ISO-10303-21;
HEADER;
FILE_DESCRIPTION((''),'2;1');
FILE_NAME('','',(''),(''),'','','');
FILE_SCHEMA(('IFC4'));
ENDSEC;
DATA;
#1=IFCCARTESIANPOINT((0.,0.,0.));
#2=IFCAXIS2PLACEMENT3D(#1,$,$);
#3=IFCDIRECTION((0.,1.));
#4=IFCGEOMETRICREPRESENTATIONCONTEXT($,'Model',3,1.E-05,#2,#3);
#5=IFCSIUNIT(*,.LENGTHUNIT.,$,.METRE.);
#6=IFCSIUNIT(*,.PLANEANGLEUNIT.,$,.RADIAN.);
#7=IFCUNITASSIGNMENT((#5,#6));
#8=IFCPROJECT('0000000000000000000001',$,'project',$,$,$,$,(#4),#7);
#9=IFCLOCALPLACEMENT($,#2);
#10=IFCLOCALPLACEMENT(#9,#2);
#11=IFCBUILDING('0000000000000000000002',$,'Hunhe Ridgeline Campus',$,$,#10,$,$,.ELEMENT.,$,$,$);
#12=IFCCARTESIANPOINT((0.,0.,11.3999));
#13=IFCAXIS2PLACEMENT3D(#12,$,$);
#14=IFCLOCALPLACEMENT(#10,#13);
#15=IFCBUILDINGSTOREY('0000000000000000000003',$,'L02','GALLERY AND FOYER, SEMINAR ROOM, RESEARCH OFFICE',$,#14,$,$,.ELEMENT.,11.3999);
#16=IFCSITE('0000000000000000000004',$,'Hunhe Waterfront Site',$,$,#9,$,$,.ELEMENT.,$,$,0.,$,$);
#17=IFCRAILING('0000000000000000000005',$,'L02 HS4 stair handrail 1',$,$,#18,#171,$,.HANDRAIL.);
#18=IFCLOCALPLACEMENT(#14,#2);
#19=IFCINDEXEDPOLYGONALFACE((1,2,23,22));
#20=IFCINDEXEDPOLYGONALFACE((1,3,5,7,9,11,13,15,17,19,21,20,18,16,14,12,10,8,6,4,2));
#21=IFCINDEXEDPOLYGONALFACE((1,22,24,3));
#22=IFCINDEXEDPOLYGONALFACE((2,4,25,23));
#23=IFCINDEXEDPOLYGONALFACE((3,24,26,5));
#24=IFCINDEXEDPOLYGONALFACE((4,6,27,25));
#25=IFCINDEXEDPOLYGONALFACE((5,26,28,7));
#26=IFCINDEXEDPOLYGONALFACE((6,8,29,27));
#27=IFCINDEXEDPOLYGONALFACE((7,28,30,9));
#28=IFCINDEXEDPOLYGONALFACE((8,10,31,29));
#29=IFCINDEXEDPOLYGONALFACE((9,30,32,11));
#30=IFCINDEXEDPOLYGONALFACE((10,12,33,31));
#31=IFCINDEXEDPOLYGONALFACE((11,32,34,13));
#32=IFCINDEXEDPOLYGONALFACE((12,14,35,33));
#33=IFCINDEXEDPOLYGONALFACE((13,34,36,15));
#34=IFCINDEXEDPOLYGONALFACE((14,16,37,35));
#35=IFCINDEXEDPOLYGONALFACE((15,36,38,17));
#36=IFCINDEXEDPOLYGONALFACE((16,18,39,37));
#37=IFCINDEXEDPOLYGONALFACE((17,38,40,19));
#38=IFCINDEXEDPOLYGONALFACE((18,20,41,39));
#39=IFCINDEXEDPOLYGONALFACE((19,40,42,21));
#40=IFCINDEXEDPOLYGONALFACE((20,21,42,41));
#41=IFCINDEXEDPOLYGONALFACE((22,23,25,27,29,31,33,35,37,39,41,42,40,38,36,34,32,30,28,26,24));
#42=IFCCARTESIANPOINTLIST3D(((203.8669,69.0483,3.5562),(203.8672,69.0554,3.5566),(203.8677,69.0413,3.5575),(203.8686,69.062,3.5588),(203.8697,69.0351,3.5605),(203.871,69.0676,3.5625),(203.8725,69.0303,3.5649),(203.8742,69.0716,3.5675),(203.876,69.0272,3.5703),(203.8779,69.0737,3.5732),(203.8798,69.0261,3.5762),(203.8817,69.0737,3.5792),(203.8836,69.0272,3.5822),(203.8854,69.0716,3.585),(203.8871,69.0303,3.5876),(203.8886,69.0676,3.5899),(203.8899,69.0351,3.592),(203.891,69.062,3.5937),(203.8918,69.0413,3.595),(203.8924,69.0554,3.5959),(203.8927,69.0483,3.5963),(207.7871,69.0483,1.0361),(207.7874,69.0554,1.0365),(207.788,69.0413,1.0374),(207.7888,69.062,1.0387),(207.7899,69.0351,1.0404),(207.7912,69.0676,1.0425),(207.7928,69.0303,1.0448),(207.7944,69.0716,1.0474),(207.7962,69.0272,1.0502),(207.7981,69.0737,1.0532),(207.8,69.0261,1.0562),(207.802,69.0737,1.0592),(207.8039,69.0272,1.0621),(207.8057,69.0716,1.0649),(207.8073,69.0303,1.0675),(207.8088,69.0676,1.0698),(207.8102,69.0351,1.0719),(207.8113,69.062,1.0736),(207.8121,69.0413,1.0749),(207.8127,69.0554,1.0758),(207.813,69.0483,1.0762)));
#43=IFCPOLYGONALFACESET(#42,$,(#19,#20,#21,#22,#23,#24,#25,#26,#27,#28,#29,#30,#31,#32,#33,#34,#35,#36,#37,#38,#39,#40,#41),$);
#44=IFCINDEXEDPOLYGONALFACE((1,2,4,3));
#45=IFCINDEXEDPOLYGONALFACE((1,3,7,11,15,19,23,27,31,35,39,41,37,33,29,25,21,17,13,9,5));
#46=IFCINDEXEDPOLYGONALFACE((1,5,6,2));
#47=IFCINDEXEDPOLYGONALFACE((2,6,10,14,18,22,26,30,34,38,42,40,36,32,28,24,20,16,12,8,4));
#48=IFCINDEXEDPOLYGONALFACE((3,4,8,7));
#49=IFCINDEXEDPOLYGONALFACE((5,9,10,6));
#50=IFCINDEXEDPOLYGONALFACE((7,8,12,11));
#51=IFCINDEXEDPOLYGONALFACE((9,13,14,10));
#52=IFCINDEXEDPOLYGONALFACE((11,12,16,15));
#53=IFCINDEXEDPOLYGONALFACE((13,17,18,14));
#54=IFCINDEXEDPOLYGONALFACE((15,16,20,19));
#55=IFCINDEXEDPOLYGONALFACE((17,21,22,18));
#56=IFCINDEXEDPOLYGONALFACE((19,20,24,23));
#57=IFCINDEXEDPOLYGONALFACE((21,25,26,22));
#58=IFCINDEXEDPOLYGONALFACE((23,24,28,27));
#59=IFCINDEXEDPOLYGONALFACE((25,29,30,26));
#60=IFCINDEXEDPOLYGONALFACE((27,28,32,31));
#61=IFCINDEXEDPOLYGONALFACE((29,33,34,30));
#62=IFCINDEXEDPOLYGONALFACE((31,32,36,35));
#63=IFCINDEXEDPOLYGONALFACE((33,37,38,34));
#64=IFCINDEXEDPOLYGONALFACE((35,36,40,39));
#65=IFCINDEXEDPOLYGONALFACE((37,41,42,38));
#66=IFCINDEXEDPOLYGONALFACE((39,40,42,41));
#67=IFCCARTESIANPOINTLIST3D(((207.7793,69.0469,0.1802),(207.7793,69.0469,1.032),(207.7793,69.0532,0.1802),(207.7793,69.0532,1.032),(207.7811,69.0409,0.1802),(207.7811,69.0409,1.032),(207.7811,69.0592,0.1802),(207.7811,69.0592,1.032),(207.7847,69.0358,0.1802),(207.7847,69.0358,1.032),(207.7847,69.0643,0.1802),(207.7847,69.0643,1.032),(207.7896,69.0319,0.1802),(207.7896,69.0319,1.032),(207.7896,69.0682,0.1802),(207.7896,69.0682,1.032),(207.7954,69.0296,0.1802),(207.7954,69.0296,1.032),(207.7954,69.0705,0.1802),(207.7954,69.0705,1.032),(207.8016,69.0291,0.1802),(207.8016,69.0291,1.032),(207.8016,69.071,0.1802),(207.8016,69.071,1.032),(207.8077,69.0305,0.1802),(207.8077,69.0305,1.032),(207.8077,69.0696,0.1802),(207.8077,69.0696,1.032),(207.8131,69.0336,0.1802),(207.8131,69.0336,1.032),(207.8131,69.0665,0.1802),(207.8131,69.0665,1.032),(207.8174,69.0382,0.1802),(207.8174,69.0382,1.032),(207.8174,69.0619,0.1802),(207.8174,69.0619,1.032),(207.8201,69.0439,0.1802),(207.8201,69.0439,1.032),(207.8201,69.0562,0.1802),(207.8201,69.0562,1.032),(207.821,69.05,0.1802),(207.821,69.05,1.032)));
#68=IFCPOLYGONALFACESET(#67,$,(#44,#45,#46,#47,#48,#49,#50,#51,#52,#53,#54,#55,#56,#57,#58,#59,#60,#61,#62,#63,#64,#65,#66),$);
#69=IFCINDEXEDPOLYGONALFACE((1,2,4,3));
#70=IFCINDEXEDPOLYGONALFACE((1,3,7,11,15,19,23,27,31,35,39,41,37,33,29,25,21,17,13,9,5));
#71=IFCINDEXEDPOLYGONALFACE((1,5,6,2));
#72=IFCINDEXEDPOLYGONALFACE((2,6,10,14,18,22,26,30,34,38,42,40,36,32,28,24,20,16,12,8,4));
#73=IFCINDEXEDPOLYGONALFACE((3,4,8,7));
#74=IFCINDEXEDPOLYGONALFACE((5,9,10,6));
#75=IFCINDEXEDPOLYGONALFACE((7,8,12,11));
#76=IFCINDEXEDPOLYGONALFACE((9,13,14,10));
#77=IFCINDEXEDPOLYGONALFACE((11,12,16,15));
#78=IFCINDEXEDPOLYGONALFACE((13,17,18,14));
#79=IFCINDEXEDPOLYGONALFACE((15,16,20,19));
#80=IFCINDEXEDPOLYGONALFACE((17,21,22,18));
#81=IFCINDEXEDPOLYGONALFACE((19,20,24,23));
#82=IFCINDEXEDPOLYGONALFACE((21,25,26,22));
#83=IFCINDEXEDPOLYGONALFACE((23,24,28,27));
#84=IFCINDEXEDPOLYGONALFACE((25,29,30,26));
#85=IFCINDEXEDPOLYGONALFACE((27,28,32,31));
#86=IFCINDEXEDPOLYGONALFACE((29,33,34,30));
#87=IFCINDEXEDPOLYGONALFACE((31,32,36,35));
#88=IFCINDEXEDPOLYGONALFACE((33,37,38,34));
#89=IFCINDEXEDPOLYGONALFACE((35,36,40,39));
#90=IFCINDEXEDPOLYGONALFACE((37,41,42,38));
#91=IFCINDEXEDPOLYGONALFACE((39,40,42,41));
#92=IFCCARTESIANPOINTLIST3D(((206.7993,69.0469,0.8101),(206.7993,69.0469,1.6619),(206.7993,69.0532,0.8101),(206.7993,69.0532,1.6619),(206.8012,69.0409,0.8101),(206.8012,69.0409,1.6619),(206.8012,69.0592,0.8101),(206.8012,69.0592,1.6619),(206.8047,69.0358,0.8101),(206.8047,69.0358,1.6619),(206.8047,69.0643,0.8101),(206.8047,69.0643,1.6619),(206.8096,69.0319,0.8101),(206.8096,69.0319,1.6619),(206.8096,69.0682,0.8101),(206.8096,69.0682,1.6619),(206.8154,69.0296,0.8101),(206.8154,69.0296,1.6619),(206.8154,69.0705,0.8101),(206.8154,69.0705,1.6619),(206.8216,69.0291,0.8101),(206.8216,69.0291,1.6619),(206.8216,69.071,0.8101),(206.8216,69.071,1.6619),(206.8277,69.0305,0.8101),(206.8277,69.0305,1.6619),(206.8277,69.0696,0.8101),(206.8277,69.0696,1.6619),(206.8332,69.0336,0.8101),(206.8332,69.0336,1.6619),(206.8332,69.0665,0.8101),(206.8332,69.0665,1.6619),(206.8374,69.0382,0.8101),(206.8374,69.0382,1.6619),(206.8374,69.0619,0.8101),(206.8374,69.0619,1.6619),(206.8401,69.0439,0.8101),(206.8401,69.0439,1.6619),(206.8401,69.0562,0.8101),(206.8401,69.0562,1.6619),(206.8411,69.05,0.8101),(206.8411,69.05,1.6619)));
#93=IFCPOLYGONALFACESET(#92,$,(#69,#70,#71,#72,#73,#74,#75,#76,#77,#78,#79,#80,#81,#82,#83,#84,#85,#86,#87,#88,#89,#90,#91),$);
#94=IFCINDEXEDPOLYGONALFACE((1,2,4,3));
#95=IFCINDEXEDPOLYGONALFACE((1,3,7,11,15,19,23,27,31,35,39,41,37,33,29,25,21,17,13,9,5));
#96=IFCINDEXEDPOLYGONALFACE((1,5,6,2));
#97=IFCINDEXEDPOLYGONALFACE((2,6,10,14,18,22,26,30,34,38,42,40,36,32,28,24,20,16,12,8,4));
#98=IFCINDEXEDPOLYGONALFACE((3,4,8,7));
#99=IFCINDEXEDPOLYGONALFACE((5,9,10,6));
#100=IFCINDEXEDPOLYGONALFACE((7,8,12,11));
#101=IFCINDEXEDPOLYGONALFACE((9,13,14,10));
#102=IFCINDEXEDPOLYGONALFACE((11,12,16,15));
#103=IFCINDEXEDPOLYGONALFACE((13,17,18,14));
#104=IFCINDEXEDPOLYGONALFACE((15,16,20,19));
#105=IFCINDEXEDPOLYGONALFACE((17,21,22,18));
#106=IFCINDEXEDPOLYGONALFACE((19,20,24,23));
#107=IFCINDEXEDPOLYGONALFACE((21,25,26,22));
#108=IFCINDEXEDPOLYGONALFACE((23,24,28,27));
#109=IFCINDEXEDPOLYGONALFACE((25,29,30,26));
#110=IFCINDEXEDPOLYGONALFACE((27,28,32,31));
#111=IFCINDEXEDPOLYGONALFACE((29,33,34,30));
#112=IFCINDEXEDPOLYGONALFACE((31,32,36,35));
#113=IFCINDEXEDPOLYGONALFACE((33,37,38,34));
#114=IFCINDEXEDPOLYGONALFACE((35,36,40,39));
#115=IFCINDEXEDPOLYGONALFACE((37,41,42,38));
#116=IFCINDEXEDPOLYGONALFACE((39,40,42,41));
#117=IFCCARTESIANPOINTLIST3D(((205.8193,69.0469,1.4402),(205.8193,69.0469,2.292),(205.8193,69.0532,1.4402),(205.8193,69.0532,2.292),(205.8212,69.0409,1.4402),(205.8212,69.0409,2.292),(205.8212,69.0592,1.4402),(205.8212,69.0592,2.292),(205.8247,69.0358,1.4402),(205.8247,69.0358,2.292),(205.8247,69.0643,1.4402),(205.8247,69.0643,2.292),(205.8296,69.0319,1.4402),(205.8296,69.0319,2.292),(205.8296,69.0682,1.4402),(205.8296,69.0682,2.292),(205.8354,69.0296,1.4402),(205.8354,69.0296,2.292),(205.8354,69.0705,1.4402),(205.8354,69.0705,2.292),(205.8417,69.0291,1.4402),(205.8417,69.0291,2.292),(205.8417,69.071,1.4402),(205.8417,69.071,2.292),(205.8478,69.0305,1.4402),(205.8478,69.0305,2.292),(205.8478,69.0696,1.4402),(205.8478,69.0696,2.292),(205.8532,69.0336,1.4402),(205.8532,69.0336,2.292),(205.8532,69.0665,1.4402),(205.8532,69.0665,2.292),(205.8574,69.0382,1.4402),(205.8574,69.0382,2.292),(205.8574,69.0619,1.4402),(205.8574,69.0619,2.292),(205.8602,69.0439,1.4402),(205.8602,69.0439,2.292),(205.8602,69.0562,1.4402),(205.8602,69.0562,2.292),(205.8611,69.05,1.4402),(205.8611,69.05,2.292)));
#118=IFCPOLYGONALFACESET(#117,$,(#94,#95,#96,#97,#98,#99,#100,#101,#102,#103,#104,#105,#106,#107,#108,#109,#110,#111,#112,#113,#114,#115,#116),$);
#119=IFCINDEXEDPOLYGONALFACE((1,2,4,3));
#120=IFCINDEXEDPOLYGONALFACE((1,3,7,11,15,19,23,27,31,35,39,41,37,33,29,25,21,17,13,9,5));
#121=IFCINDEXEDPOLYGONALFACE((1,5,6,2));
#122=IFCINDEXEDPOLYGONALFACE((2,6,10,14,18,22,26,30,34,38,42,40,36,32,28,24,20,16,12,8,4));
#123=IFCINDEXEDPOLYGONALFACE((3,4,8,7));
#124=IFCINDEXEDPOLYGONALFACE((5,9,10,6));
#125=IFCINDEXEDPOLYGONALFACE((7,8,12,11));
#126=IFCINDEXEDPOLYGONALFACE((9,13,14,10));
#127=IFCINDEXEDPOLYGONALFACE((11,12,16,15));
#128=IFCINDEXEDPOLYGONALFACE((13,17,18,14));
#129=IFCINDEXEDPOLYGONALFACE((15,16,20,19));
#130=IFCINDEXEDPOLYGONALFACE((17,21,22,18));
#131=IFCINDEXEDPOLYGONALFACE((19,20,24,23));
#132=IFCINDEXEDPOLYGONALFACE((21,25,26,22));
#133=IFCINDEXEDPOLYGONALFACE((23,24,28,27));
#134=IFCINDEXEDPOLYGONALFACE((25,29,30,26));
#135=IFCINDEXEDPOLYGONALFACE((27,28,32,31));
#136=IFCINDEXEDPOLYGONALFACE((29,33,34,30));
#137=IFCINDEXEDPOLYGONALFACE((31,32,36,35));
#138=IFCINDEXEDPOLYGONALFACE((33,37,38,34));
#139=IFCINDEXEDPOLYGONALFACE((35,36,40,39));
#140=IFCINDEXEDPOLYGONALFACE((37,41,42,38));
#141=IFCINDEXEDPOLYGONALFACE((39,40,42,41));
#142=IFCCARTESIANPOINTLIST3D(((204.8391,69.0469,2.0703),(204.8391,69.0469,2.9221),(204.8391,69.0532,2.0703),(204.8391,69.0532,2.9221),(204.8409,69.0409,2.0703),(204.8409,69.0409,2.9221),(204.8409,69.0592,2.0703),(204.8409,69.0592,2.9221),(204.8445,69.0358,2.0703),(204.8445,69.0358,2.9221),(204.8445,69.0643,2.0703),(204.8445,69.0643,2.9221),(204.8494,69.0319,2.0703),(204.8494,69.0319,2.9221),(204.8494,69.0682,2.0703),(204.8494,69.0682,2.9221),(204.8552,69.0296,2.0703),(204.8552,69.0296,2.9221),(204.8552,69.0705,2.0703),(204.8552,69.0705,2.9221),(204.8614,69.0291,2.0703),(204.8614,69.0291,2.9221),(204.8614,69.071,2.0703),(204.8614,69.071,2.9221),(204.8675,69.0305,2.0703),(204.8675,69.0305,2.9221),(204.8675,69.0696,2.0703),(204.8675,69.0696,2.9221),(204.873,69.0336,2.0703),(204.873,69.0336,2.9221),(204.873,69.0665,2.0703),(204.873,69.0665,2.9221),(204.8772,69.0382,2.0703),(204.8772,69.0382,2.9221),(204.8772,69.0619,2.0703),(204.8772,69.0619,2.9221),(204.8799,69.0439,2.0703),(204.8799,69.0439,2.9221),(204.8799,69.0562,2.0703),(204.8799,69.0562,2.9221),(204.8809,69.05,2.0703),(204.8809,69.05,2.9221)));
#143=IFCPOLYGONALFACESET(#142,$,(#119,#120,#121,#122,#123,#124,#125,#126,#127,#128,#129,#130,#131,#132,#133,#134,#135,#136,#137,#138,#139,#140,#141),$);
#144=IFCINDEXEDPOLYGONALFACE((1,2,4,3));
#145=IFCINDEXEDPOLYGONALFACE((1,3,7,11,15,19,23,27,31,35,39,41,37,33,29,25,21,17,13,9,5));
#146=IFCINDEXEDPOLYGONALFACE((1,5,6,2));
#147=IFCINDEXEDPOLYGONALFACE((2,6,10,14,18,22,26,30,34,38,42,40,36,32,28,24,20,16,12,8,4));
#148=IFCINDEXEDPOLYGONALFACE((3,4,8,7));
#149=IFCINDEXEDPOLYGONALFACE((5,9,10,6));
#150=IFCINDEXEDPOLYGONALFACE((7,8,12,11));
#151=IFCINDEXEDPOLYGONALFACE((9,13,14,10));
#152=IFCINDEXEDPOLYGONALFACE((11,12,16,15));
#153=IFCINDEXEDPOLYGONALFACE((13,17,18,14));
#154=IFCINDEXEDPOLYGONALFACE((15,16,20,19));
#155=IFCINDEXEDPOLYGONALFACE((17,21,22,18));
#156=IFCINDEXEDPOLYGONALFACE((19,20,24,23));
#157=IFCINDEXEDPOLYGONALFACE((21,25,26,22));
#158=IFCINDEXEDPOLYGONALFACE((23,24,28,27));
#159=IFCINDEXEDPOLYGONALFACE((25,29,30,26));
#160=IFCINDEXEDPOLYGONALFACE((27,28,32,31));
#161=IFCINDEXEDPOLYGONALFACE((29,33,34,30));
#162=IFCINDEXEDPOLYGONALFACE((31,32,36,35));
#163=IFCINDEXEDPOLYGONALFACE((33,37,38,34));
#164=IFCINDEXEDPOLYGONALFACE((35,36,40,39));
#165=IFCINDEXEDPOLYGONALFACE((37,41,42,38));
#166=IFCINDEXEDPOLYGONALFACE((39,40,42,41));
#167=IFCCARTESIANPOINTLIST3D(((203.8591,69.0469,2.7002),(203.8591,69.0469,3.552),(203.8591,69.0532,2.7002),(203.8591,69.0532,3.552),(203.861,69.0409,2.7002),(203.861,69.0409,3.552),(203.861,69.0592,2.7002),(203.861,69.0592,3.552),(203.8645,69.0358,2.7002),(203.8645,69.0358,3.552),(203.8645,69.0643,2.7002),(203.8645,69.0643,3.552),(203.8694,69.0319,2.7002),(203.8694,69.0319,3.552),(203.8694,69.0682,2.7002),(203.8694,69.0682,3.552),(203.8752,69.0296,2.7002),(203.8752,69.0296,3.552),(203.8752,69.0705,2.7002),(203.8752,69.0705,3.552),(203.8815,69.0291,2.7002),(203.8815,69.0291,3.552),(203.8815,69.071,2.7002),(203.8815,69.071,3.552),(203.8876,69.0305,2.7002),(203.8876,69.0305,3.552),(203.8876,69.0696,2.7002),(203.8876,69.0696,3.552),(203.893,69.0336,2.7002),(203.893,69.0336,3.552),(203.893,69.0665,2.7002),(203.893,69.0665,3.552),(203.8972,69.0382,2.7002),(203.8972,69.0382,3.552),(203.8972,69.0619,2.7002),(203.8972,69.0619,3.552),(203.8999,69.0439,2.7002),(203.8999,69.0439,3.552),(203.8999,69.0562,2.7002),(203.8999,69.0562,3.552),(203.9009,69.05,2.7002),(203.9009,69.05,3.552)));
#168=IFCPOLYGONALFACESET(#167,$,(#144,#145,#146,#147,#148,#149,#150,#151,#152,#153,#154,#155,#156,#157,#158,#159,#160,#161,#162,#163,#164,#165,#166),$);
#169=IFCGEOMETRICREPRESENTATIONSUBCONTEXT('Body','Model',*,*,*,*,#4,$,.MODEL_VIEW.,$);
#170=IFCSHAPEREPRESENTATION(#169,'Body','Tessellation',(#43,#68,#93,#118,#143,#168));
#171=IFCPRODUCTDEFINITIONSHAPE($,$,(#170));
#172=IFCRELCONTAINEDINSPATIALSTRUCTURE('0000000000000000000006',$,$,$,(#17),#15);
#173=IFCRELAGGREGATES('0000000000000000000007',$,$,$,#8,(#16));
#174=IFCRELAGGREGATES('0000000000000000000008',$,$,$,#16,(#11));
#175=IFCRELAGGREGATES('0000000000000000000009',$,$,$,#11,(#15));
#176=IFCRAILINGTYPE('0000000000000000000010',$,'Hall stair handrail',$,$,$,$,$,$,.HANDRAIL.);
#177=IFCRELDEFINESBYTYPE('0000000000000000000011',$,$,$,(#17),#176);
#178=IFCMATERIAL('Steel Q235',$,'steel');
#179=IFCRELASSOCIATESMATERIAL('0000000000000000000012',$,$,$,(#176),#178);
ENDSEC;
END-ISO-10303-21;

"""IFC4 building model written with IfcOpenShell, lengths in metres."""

from ifc_helpers import new_model, si_unit, direction, frame, origin, origin_2d, place, context, subcontext, project, spatial, circle, extrude, material, type_object, element, save


model = new_model("IFC4")

# Units and contexts
model_context = context("Model", 3, precision=1e-05, world=origin(), true_north=direction((0.0, 1.0)))
body_context = subcontext(model_context, "Body", "Model", "MODEL_VIEW")
ifc_project = project(units=[si_unit("LENGTHUNIT", "METRE"), si_unit("PLANEANGLEUNIT", "RADIAN")], contexts=[model_context])

# Site, building, storey
site_placement = place(None, origin())
site = spatial("IfcSite", under=ifc_project, at=site_placement, Name="Hunhe Waterfront Site", CompositionType="ELEMENT", RefElevation=0.0)
building_placement = place(site_placement, origin())
building = spatial("IfcBuilding", under=site, at=building_placement, Name="Hunhe Ridgeline Campus", CompositionType="ELEMENT")
storey_placement = place(building_placement, frame((0.0, 0.0, 11.3999)))
storey = spatial("IfcBuildingStorey", under=building, at=storey_placement, Name="L02", Description="GALLERY AND FOYER, SEMINAR ROOM, RESEARCH OFFICE", CompositionType="ELEMENT", Elevation=11.3999)

# Railing
ifc_material_1 = material(Name="Steel Q235", Category="steel")
railing_type_1 = type_object("IfcRailingType", Name="Hall stair handrail", PredefinedType="HANDRAIL", material=ifc_material_1)
railing_1_placement = place(storey_placement, frame((207.8, 69.05, 0.1802)))
element("IfcRailing", 1, at=railing_1_placement, inside=storey, type_object=railing_type_1, Name="L02 HS4 stair handrail 1", PredefinedType="HANDRAIL", context=body_context, shape_type="SweptSolid", body=[
    extrude(circle(Radius=0.0239, at=origin_2d()), frame((0.0, 0.0, 0.876), z_axis=(-0.841187, 0.0, 0.540744), x_axis=(0.0, -1.0, 0.0)), (0.0, 0.0, 1.0), 4.6604),
    extrude(circle(Radius=0.021, at=origin_2d()), origin(), (0.0, 0.0, 1.0), 0.8518),
    extrude(circle(Radius=0.021, at=origin_2d()), frame((-0.98, 0.0, 0.6299)), (0.0, 0.0, 1.0), 0.8518),
    extrude(circle(Radius=0.021, at=origin_2d()), frame((-1.96, 0.0, 1.26)), (0.0, 0.0, 1.0), 0.8518),
    extrude(circle(Radius=0.021, at=origin_2d()), frame((-2.9402, 0.0, 1.8901)), (0.0, 0.0, 1.0), 0.8518),
    extrude(circle(Radius=0.021, at=origin_2d()), frame((-3.9202, 0.0, 2.52)), (0.0, 0.0, 1.0), 0.8518),
])

save(model, "model.ifc")
